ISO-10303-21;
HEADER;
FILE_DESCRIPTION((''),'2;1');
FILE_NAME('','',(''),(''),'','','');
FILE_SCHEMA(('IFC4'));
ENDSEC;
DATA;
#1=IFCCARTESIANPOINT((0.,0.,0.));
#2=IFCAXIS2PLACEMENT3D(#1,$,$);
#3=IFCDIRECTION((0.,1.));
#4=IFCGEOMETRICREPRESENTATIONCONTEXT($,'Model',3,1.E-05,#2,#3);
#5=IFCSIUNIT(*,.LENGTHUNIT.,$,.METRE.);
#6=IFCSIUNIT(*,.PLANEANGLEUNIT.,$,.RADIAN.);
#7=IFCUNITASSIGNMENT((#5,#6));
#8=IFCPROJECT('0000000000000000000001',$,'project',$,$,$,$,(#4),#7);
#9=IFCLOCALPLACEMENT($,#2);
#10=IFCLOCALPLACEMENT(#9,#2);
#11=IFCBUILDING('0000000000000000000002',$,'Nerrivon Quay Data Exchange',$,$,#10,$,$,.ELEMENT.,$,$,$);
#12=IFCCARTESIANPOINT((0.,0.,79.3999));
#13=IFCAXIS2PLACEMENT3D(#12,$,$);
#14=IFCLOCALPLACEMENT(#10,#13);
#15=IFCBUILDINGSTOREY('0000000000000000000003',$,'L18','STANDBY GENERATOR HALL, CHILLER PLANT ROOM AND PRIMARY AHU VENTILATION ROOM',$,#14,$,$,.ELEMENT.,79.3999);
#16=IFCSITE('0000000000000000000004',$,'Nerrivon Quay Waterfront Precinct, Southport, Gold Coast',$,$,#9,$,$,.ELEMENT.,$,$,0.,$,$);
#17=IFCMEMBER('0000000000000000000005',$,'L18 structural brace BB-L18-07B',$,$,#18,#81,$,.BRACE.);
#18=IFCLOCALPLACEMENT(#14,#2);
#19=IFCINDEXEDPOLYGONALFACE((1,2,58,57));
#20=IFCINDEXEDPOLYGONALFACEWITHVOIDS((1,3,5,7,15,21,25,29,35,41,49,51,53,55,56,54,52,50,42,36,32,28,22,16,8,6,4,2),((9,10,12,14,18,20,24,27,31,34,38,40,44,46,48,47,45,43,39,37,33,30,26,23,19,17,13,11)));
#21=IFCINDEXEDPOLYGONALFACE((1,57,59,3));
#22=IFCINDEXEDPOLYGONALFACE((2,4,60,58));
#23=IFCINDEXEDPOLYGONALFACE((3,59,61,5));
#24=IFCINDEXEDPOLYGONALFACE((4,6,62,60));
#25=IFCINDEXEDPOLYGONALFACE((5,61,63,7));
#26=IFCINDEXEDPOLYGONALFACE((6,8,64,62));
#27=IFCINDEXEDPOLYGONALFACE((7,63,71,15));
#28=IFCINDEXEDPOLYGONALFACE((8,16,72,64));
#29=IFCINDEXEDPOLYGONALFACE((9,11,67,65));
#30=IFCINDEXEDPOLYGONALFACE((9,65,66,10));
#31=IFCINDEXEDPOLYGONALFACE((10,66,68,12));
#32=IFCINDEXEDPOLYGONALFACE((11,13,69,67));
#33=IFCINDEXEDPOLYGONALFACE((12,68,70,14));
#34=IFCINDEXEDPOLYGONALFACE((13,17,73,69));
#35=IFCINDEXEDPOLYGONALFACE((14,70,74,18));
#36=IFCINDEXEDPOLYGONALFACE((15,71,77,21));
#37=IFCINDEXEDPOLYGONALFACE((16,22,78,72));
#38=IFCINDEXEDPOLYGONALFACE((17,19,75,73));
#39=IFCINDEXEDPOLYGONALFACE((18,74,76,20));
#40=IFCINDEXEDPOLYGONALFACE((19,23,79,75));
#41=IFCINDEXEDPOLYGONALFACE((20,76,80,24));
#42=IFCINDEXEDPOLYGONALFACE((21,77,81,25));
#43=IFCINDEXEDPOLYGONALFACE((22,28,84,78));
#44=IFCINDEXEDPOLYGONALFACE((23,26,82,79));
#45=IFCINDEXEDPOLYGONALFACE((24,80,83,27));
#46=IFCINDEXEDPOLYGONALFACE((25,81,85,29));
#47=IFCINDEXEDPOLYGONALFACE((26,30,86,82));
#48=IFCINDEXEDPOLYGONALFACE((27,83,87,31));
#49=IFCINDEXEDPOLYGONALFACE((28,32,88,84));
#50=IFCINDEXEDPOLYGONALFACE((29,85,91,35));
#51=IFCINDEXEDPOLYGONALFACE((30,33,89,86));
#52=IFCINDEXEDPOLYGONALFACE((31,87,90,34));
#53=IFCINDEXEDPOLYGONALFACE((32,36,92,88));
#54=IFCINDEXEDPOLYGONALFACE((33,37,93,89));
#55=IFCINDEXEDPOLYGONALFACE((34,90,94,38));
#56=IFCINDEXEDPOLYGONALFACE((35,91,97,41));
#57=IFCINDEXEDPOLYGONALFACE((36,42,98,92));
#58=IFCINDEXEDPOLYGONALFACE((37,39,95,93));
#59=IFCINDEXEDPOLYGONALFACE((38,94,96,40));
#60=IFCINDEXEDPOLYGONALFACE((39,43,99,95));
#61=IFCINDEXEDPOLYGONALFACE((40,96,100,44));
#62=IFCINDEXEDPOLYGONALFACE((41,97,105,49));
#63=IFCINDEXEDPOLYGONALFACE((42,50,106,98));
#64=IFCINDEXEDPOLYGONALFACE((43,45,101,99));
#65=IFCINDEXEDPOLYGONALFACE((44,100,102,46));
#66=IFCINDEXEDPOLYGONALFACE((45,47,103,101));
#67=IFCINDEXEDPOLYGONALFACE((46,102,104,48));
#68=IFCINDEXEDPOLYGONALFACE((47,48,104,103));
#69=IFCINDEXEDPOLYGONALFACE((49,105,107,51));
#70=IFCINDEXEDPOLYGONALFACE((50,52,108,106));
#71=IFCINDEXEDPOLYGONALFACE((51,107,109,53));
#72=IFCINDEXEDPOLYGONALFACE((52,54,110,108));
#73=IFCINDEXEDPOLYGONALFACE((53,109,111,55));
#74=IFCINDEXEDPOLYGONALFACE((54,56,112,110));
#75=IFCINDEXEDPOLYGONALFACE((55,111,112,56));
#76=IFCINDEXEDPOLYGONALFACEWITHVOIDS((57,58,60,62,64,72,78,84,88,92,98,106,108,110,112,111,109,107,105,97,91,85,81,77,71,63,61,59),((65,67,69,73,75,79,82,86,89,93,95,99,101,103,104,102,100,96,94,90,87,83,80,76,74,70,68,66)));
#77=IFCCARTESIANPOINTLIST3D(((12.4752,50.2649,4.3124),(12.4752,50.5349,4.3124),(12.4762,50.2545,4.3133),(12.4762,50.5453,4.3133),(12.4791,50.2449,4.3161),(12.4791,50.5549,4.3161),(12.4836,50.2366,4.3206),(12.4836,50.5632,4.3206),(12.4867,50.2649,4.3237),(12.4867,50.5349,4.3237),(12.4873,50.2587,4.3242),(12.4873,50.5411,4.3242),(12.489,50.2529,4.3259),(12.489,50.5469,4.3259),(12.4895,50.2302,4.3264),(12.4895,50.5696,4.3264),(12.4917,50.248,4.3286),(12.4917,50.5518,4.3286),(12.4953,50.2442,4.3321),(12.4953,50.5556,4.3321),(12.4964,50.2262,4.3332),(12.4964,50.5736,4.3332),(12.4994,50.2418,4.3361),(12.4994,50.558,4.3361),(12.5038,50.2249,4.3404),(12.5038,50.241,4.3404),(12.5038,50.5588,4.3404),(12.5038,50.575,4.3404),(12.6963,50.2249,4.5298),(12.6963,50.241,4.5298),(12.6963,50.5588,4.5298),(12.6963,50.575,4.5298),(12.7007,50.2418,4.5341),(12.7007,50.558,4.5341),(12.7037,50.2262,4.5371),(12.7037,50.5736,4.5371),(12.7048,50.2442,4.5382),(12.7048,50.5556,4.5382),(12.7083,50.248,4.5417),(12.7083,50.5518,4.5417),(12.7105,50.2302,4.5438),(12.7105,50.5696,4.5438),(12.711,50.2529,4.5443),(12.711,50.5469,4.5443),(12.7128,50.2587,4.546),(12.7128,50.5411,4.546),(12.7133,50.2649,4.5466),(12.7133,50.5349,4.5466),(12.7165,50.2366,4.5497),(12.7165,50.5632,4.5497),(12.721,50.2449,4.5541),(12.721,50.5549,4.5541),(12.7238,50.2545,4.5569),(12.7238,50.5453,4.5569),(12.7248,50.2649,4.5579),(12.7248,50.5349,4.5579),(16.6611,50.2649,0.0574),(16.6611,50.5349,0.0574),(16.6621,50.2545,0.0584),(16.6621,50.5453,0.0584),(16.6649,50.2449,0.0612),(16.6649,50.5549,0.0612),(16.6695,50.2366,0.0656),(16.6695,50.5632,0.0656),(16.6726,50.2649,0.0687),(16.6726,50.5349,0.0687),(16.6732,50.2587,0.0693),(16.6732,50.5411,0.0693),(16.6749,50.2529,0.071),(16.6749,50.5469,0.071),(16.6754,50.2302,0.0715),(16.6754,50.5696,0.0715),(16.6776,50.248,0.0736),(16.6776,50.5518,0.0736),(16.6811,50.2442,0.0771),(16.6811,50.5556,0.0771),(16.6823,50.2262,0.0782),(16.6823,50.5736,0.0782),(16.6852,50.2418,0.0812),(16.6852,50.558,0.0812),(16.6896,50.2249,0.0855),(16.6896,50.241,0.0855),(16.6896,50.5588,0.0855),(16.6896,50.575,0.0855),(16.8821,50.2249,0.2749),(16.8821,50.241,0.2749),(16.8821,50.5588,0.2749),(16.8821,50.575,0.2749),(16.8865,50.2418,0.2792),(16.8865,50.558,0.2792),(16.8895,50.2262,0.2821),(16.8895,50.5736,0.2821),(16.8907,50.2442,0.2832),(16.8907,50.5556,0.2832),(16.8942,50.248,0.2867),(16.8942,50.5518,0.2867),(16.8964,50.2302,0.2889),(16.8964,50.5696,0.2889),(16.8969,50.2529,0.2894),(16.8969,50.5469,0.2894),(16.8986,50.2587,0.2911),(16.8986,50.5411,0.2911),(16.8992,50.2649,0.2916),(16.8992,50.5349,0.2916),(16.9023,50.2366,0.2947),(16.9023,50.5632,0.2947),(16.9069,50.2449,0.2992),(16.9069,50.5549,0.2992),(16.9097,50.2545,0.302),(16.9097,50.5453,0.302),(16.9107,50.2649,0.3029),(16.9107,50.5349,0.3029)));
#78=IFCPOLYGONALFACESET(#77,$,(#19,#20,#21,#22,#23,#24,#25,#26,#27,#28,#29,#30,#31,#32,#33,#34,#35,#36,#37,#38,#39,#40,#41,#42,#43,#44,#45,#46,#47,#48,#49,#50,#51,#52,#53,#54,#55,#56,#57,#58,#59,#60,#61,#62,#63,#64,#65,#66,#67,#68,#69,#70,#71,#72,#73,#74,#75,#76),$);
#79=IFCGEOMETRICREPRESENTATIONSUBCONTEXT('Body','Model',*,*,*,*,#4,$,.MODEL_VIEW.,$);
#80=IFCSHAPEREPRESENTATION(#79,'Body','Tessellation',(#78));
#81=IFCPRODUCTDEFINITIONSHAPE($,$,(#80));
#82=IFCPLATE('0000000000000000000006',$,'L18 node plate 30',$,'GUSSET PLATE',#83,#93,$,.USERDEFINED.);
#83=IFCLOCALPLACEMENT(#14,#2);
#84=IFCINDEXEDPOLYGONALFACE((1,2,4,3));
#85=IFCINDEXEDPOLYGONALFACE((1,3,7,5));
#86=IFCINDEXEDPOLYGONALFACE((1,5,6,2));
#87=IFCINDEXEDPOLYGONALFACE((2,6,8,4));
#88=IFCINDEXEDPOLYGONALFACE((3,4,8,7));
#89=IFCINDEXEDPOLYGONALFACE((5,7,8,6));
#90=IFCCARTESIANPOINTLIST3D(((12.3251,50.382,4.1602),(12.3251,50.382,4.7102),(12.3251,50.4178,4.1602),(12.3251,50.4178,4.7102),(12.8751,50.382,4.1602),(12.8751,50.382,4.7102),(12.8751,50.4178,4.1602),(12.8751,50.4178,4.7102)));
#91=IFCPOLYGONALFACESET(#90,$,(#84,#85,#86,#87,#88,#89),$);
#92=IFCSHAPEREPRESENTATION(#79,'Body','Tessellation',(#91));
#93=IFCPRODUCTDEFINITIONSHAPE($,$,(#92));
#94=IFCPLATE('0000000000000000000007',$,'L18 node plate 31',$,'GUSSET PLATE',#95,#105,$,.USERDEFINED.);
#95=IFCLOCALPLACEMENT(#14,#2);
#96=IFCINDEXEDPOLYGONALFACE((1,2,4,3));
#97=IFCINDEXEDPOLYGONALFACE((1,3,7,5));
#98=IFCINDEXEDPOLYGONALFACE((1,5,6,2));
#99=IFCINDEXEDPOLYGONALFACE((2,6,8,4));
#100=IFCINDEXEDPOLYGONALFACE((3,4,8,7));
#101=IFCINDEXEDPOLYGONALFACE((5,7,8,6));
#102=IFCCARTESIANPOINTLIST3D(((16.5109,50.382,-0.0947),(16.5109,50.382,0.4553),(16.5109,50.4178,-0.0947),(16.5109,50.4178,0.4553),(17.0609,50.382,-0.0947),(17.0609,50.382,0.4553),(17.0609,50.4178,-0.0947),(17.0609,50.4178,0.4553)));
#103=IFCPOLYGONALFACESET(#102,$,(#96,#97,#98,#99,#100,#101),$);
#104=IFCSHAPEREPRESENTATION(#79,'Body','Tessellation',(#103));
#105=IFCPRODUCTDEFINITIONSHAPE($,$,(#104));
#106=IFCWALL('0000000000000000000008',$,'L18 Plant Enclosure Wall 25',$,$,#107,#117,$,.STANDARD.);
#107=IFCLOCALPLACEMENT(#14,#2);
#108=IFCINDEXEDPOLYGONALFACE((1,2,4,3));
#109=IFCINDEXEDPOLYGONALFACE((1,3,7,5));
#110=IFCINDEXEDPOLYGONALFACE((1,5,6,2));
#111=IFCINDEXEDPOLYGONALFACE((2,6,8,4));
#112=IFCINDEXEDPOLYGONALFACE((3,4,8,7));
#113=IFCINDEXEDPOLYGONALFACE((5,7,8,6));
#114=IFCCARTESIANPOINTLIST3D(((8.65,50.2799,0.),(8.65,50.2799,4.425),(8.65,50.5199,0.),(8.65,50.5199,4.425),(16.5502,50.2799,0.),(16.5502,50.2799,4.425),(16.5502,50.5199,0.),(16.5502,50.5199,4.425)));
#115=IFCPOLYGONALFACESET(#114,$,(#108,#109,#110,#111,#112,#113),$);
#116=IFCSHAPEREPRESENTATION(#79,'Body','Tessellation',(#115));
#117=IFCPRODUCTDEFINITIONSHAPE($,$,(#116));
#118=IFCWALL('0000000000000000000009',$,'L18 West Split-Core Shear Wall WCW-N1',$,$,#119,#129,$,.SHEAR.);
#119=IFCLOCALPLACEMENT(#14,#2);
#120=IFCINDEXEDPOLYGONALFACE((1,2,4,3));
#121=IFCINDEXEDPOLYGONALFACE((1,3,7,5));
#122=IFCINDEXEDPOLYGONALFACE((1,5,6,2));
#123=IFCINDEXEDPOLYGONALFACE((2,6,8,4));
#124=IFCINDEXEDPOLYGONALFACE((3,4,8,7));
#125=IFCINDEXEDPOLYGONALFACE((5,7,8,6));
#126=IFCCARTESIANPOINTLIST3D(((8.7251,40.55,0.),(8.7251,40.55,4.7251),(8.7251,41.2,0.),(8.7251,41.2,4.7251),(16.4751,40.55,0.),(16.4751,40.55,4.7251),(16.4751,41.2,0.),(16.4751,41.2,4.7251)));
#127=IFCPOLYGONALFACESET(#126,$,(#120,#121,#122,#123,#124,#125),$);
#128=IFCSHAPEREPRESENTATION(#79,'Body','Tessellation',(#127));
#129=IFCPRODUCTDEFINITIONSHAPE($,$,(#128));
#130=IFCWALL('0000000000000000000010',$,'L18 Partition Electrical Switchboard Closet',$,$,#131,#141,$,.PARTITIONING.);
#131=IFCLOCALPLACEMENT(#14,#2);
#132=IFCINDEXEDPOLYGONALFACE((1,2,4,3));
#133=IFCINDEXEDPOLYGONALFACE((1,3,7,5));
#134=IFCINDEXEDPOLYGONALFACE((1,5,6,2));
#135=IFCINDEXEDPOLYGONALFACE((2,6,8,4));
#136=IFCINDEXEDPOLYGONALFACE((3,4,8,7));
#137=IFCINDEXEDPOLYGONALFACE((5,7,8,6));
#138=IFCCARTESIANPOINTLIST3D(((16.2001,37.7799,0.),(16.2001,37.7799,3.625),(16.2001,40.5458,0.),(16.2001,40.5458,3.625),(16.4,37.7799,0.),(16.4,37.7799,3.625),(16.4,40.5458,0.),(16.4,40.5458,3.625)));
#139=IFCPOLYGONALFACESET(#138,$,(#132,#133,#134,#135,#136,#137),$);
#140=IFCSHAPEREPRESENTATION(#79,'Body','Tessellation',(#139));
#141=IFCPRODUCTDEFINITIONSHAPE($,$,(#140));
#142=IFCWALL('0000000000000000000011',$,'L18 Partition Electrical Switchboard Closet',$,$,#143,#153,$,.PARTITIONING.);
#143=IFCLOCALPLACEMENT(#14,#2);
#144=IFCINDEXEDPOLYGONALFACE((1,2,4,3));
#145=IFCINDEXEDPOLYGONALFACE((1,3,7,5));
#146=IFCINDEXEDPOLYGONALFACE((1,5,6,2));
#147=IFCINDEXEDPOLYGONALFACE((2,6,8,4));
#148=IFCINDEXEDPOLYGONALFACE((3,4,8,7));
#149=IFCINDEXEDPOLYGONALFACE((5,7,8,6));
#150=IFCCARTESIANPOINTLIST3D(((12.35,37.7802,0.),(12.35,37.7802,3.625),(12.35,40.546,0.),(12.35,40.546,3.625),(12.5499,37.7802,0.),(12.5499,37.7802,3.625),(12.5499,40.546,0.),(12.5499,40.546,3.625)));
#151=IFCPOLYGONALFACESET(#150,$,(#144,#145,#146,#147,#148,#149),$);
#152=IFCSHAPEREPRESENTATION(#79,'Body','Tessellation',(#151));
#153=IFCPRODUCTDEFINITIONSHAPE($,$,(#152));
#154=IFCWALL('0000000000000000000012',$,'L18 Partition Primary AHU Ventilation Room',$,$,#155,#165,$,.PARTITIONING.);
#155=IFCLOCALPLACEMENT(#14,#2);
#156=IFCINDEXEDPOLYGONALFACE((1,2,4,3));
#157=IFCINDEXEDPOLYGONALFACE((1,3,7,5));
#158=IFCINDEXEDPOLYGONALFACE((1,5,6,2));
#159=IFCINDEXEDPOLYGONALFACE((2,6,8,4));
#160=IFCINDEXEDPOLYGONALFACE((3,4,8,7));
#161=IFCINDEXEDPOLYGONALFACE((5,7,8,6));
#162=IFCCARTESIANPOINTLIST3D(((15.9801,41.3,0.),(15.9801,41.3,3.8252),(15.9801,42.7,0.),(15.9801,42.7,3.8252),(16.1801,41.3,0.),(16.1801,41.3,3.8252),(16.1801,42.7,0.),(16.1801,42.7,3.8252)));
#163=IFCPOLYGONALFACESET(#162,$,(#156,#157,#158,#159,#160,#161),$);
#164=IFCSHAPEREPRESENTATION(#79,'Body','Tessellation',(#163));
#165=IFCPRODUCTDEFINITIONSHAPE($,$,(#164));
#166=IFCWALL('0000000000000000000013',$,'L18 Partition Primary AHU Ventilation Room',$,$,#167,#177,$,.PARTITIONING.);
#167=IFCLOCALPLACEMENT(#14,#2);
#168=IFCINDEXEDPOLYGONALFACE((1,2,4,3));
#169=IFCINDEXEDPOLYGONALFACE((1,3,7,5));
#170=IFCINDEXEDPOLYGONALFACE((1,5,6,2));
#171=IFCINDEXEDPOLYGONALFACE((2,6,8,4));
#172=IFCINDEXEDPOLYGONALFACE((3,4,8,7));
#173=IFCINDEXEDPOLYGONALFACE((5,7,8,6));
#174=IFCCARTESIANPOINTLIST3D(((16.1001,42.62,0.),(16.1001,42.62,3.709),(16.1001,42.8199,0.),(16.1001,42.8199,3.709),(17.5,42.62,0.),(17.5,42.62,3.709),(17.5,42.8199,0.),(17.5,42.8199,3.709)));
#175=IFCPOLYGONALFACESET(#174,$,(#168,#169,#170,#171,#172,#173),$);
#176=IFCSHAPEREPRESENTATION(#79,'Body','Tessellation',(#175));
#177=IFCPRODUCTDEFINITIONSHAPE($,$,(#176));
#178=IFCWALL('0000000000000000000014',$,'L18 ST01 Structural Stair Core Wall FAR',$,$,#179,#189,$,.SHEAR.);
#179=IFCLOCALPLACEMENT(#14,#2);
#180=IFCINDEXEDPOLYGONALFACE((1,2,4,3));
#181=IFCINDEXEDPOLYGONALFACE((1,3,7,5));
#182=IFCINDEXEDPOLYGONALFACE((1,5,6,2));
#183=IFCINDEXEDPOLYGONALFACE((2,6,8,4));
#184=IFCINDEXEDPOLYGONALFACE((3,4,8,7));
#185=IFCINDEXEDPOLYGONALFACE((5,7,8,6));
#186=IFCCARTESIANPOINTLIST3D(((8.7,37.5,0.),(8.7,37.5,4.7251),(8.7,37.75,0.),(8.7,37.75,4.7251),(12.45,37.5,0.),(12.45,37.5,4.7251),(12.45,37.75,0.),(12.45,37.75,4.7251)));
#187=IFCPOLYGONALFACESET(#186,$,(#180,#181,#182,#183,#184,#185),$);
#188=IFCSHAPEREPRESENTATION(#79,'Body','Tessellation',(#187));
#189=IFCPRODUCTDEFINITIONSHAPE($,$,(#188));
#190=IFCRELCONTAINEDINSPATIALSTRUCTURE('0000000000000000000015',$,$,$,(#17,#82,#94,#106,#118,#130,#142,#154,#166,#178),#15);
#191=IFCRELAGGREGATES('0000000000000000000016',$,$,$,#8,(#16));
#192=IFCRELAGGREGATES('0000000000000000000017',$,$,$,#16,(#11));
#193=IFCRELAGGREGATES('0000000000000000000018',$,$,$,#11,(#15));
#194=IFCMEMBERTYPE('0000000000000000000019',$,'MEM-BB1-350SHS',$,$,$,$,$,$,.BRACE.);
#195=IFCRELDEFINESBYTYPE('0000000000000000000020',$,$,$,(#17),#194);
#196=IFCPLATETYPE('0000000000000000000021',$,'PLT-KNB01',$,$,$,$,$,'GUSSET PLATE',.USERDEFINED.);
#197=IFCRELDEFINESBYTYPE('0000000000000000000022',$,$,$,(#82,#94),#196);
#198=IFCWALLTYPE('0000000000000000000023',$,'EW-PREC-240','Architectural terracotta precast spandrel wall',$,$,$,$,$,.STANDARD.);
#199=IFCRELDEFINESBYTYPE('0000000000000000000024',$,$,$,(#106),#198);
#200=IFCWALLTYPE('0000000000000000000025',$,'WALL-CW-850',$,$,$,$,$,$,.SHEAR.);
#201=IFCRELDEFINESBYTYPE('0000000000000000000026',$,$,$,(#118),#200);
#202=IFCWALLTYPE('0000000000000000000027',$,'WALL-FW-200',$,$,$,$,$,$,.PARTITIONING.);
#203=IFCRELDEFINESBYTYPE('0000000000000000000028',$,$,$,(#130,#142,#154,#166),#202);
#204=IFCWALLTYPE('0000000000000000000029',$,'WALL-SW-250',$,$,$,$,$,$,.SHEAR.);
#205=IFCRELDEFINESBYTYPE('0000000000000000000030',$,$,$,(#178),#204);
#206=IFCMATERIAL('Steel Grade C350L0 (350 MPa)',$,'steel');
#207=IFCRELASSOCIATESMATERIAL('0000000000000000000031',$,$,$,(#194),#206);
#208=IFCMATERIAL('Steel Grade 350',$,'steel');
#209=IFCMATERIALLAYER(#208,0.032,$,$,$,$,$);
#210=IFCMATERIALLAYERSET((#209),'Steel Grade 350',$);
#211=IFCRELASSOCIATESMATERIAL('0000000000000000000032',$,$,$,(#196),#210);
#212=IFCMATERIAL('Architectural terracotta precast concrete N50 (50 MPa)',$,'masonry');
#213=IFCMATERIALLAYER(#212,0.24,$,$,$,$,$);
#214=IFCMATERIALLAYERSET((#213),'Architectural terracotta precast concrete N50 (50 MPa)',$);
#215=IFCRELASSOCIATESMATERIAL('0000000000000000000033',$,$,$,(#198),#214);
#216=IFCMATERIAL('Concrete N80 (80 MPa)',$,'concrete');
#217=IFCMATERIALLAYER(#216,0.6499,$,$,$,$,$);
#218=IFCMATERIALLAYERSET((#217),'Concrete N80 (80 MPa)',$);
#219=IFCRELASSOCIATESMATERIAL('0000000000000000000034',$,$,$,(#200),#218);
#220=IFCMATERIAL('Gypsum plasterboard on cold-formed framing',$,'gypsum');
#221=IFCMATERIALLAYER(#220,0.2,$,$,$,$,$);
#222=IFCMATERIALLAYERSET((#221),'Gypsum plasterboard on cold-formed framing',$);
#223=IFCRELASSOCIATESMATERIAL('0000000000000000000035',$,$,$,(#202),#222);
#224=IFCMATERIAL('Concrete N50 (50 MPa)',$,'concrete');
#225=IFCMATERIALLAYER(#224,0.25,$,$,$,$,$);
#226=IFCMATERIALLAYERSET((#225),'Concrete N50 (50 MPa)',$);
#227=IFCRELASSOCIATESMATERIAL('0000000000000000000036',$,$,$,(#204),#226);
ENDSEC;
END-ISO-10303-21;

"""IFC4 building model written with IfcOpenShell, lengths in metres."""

from ifc_helpers import new_model, si_unit, direction, frame, frame_2d, origin, origin_2d, place, context, subcontext, project, spatial, rectangle, hollow_rectangle, extrude, material, layer, layer_set, material_profile, profile_set, type_object, element, save


model = new_model("IFC4")

# Units and contexts
model_context = context("Model", 3, precision=1e-05, world=origin(), true_north=direction((0.0, 1.0)))
body_context = subcontext(model_context, "Body", "Model", "MODEL_VIEW")
ifc_project = project(units=[si_unit("LENGTHUNIT", "METRE"), si_unit("PLANEANGLEUNIT", "RADIAN")], contexts=[model_context])

# Site, building, storey
site_placement = place(None, origin())
site = spatial("IfcSite", under=ifc_project, at=site_placement, Name="Nerrivon Quay Waterfront Precinct, Southport, Gold Coast", CompositionType="ELEMENT", RefElevation=0.0)
building_placement = place(site_placement, origin())
building = spatial("IfcBuilding", under=site, at=building_placement, Name="Nerrivon Quay Data Exchange", CompositionType="ELEMENT")
storey_placement = place(building_placement, frame((0.0, 0.0, 79.3999)))
storey = spatial("IfcBuildingStorey", under=building, at=storey_placement, Name="L18", Description="STANDBY GENERATOR HALL, CHILLER PLANT ROOM AND PRIMARY AHU VENTILATION ROOM", CompositionType="ELEMENT", Elevation=79.3999)

# Shared definitions
ifc_material_1 = material(Name="Concrete N80 (80 MPa)", Category="concrete")
ifc_material_2 = material(Name="Steel Grade 350", Category="steel")

# Member
ifc_material_3 = material(Name="Steel Grade C350L0 (350 MPa)", Category="steel")
ifc_material_profile_1 = material_profile(ifc_material_3, hollow_rectangle(XDim=0.3501, YDim=0.3501, WallThickness=0.0161, InnerFilletRadius=0.0239, OuterFilletRadius=0.04, at=origin_2d()), Name="350x350x16.0SHS")
ifc_profile_set_1 = profile_set([ifc_material_profile_1], Name="Steel Grade C350L0 (350 MPa)")
member_type = type_object("IfcMemberType", Name="MEM-BB1-350SHS", PredefinedType="BRACE", material=ifc_profile_set_1)
member_placement = place(storey_placement, frame((16.7859, 50.3999, 0.1802), z_axis=(-0.701295, 0.0, 0.712871), x_axis=(0.0, -1.0, 0.0)))
element("IfcMember", 1, at=member_placement, inside=storey, type_object=member_type, Name="L18 structural brace BB-L18-07B", PredefinedType="BRACE", context=body_context, shape_type="SweptSolid", body=[
    extrude(hollow_rectangle(XDim=0.3501, YDim=0.3501, WallThickness=0.0161, InnerFilletRadius=0.0239, OuterFilletRadius=0.04, at=origin_2d()), origin(), (0.0, 0.0, 1.0), 5.9688),
])

# Plates
ifc_layer_1 = layer(ifc_material_2, 0.032)
ifc_layer_set_1 = layer_set([ifc_layer_1], Name="Steel Grade 350")
plate_type = type_object("IfcPlateType", Name="PLT-KNB01", ElementType="GUSSET PLATE", PredefinedType="USERDEFINED", material=ifc_layer_set_1)
for number, where, z_axis, x_axis, name in (
    (2, (12.6001, 50.3999, 4.1602), (0.0, 0.0, 1.0), (1.0, 0.0, 0.0), "L18 node plate 30"),
    (3, (16.7859, 50.3999, -0.0947), (0.0, 0.0, 1.0), (1.0, 0.0, 0.0), "L18 node plate 31"),
):
    element("IfcPlate", number, at=place(storey_placement, frame(where, z_axis=z_axis, x_axis=x_axis)), inside=storey, type_object=plate_type, Name=name, ObjectType="GUSSET PLATE", PredefinedType="USERDEFINED", context=body_context, shape_type="SweptSolid", body=[
        extrude(rectangle(XDim=0.55, YDim=0.0359, at=origin_2d()), origin(), (0.0, 0.0, 1.0), 0.55),
    ])

# Walls
ifc_material_4 = material(Name="Architectural terracotta precast concrete N50 (50 MPa)", Category="masonry")
ifc_layer_2 = layer(ifc_material_4, 0.24)
ifc_layer_set_2 = layer_set([ifc_layer_2], Name="Architectural terracotta precast concrete N50 (50 MPa)")
wall_type_1 = type_object("IfcWallType", Name="EW-PREC-240", Description="Architectural terracotta precast spandrel wall", PredefinedType="STANDARD", material=ifc_layer_set_2)
wall_1_placement = place(storey_placement, frame((8.6499, 50.3999, 0.0), z_axis=(0.0, 0.0, 1.0), x_axis=(1.0, 0.0, 0.0)))
element("IfcWall", 4, at=wall_1_placement, inside=storey, type_object=wall_type_1, Name="L18 Plant Enclosure Wall 25", PredefinedType="STANDARD", context=body_context, shape_type="SweptSolid", body=[
    extrude(rectangle(XDim=7.9001, YDim=0.24, at=frame_2d((3.9502, 0.0))), origin(), (0.0, 0.0, 1.0), 4.425),
])
ifc_layer_3 = layer(ifc_material_1, 0.6499)
ifc_layer_set_3 = layer_set([ifc_layer_3], Name="Concrete N80 (80 MPa)")
wall_type_2 = type_object("IfcWallType", Name="WALL-CW-850", PredefinedType="SHEAR", material=ifc_layer_set_3)
wall_2_placement = place(storey_placement, frame((8.7251, 40.875, 0.0), z_axis=(0.0, 0.0, 1.0), x_axis=(1.0, 0.0, 0.0)))
element("IfcWall", 5, at=wall_2_placement, inside=storey, type_object=wall_type_2, Name="L18 West Split-Core Shear Wall WCW-N1", PredefinedType="SHEAR", context=body_context, shape_type="SweptSolid", body=[
    extrude(rectangle(XDim=7.75, YDim=0.6499, at=frame_2d((3.875, 0.0))), origin(), (0.0, 0.0, 1.0), 4.7251),
])
ifc_material_5 = material(Name="Gypsum plasterboard on cold-formed framing", Category="gypsum")
ifc_layer_4 = layer(ifc_material_5, 0.2)
ifc_layer_set_4 = layer_set([ifc_layer_4], Name="Gypsum plasterboard on cold-formed framing")
wall_type_3 = type_object("IfcWallType", Name="WALL-FW-200", PredefinedType="PARTITIONING", material=ifc_layer_set_4)
for number, where, z_axis, x_axis, name in (
    (6, (16.3, 37.78, 0.0), (0.0, 0.0, 1.0), (0.0, 1.0, 0.0), "L18 Partition Electrical Switchboard Closet"),
    (7, (12.45, 40.5459, 0.0), (0.0, 0.0, 1.0), (0.0, -1.0, 0.0), "L18 Partition Electrical Switchboard Closet"),
):
    element("IfcWall", number, at=place(storey_placement, frame(where, z_axis=z_axis, x_axis=x_axis)), inside=storey, type_object=wall_type_3, Name=name, PredefinedType="PARTITIONING", context=body_context, shape_type="SweptSolid", body=[
        extrude(rectangle(XDim=2.7659, YDim=0.2, at=frame_2d((1.3828, 0.0))), origin(), (0.0, 0.0, 1.0), 3.625),
    ])
wall_3_placement = place(storey_placement, frame((16.0801, 41.3, 0.0), z_axis=(0.0, 0.0, 1.0), x_axis=(0.0, 1.0, 0.0)))
element("IfcWall", 8, at=wall_3_placement, inside=storey, type_object=wall_type_3, Name="L18 Partition Primary AHU Ventilation Room", PredefinedType="PARTITIONING", context=body_context, shape_type="SweptSolid", body=[
    extrude(rectangle(XDim=1.3999, YDim=0.2, at=frame_2d((0.7, 0.0))), origin(), (0.0, 0.0, 1.0), 3.8252),
])
wall_4_placement = place(storey_placement, frame((16.1001, 42.72, 0.0), z_axis=(0.0, 0.0, 1.0), x_axis=(1.0, 0.0, 0.0)))
element("IfcWall", 9, at=wall_4_placement, inside=storey, type_object=wall_type_3, Name="L18 Partition Primary AHU Ventilation Room", PredefinedType="PARTITIONING", context=body_context, shape_type="SweptSolid", body=[
    extrude(rectangle(XDim=1.3999, YDim=0.2, at=frame_2d((0.7, 0.0))), origin(), (0.0, 0.0, 1.0), 3.709),
])
ifc_material_6 = material(Name="Concrete N50 (50 MPa)", Category="concrete")
ifc_layer_5 = layer(ifc_material_6, 0.25)
ifc_layer_set_5 = layer_set([ifc_layer_5], Name="Concrete N50 (50 MPa)")
wall_type_4 = type_object("IfcWallType", Name="WALL-SW-250", PredefinedType="SHEAR", material=ifc_layer_set_5)
wall_5_placement = place(storey_placement, frame((12.45, 37.625, 0.0), z_axis=(0.0, 0.0, 1.0), x_axis=(-1.0, 0.0, 0.0)))
element("IfcWall", 10, at=wall_5_placement, inside=storey, type_object=wall_type_4, Name="L18 ST01 Structural Stair Core Wall FAR", PredefinedType="SHEAR", context=body_context, shape_type="SweptSolid", body=[
    extrude(rectangle(XDim=3.75, YDim=0.25, at=frame_2d((1.875, 0.0))), origin(), (0.0, 0.0, 1.0), 4.7251),
])

save(model, "model.ifc")
